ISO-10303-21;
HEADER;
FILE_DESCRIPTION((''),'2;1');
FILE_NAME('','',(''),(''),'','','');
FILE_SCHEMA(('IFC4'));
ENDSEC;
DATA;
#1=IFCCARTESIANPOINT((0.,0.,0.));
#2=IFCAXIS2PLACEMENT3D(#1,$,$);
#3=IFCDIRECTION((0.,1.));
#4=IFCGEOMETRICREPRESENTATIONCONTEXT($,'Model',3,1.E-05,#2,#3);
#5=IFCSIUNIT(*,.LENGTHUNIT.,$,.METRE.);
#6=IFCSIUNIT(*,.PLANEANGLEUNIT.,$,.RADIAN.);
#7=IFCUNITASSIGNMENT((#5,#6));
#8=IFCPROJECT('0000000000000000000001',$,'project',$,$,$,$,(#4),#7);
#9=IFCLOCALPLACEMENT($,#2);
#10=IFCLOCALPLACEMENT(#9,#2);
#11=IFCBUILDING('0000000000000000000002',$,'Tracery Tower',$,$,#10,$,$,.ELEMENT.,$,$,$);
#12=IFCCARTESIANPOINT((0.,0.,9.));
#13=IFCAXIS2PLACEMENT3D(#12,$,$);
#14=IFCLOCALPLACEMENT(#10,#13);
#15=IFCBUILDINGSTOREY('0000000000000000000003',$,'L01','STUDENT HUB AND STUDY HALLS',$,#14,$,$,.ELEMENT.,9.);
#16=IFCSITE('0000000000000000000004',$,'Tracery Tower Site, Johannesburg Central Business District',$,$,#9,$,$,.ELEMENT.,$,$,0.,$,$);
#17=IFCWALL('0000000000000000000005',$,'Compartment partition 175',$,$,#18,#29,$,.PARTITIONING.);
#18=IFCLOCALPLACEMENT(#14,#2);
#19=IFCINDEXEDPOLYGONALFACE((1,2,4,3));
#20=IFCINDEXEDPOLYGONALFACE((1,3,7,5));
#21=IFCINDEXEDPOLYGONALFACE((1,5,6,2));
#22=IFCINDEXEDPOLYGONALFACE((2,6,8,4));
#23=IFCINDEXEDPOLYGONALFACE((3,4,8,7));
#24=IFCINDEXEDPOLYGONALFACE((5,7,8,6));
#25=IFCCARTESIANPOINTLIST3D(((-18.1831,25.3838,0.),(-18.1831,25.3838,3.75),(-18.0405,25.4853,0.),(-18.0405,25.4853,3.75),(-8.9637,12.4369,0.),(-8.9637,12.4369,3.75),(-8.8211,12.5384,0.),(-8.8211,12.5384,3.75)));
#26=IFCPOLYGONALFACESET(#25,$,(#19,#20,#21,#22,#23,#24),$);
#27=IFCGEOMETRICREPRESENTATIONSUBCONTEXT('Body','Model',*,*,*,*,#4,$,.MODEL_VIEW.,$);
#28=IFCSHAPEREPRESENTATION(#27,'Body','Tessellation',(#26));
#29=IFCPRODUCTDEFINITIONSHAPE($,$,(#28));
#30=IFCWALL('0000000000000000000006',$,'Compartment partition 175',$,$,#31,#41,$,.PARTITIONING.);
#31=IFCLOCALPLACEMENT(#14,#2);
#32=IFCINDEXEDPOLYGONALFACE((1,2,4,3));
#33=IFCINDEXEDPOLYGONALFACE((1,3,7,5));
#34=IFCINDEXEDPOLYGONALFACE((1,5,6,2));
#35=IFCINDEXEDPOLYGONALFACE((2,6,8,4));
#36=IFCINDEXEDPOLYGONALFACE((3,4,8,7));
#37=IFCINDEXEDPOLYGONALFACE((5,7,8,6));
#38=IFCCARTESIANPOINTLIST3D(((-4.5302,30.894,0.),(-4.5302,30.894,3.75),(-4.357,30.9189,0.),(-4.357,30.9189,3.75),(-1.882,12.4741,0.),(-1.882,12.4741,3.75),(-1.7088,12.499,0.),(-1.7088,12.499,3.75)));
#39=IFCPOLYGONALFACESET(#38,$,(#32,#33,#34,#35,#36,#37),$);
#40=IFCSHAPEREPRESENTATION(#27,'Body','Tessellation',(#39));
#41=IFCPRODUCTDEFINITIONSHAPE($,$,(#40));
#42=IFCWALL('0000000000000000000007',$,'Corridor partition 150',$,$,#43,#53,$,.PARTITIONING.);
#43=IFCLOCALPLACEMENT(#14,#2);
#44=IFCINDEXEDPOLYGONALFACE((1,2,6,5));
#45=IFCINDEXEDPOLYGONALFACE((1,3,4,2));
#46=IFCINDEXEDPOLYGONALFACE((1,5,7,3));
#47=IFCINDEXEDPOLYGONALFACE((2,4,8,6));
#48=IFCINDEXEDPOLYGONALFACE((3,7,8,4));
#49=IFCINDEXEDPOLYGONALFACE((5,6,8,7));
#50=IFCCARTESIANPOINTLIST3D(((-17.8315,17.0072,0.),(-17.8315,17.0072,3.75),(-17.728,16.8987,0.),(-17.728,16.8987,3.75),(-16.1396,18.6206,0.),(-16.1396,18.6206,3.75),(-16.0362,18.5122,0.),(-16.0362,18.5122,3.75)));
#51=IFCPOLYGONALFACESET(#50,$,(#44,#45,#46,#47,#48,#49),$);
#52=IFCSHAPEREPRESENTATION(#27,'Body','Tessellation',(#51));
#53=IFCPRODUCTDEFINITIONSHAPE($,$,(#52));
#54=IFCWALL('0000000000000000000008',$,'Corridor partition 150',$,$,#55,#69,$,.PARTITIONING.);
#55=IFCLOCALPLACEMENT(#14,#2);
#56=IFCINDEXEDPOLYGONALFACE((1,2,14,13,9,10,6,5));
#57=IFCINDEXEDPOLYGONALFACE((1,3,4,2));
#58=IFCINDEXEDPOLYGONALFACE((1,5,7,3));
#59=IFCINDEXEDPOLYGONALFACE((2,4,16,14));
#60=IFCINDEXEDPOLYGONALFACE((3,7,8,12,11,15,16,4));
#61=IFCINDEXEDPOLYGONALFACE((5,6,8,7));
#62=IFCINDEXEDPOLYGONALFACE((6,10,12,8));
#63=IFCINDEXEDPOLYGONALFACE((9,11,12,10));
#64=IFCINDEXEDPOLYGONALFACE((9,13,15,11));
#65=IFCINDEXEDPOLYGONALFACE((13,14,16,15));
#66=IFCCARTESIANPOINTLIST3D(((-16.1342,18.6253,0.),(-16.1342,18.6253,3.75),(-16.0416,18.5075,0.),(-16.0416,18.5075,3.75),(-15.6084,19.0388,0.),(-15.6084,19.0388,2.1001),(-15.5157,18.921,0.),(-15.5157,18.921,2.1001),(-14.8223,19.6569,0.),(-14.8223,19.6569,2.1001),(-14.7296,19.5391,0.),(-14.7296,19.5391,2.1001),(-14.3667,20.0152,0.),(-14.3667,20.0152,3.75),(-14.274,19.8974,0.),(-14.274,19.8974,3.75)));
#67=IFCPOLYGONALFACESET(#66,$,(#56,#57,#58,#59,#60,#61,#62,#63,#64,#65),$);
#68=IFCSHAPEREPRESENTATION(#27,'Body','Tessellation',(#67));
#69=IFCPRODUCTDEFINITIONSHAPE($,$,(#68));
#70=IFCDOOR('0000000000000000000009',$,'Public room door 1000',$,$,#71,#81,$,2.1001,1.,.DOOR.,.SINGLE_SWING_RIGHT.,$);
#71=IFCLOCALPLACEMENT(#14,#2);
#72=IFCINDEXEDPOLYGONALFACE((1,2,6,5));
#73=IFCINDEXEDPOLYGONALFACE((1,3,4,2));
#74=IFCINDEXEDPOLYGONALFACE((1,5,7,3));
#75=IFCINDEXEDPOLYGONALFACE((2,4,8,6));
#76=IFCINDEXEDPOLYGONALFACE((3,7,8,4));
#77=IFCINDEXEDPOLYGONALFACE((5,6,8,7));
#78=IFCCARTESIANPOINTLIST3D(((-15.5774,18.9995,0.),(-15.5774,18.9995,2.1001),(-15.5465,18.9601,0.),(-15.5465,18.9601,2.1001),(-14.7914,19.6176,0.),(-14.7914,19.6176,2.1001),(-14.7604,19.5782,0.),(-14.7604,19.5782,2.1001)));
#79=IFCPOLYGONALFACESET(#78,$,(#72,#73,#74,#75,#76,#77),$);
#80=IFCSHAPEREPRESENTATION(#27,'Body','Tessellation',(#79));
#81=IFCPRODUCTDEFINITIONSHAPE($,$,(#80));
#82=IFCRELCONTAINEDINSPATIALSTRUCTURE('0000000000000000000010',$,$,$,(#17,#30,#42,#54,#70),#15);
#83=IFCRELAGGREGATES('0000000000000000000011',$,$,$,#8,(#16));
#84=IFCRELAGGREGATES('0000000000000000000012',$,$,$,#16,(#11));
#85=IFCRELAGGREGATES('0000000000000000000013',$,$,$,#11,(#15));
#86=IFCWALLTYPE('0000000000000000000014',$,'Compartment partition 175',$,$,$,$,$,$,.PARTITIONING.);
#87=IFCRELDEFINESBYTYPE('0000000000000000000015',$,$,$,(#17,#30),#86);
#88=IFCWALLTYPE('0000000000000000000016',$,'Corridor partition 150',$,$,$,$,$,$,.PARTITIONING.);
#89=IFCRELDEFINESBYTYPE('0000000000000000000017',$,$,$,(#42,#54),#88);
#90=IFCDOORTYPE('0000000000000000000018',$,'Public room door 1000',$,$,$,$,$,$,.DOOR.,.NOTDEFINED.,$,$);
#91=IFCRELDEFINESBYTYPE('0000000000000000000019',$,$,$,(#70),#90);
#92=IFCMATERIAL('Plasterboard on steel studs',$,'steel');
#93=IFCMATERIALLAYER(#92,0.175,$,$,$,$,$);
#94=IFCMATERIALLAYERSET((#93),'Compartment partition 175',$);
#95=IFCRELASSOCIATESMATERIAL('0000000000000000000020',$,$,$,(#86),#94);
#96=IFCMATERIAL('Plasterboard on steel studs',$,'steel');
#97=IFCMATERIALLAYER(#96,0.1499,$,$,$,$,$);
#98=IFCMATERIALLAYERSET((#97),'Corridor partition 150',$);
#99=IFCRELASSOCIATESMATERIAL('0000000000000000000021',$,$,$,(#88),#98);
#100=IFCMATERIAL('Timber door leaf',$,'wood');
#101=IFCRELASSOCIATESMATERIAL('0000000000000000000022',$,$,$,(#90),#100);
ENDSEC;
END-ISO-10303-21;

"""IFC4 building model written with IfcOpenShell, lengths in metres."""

from ifc_helpers import new_model, si_unit, direction, frame, frame_2d, origin, place, context, subcontext, project, spatial, rectangle, extrude, material, layer, layer_set, type_object, element, fill, save


model = new_model("IFC4")

# Units and contexts
model_context = context("Model", 3, precision=1e-05, world=origin(), true_north=direction((0.0, 1.0)))
body_context = subcontext(model_context, "Body", "Model", "MODEL_VIEW")
ifc_project = project(units=[si_unit("LENGTHUNIT", "METRE"), si_unit("PLANEANGLEUNIT", "RADIAN")], contexts=[model_context])

# Site, building, storey
site_placement = place(None, origin())
site = spatial("IfcSite", under=ifc_project, at=site_placement, Name="Tracery Tower Site, Johannesburg Central Business District", CompositionType="ELEMENT", RefElevation=0.0)
building_placement = place(site_placement, origin())
building = spatial("IfcBuilding", under=site, at=building_placement, Name="Tracery Tower", CompositionType="ELEMENT")
storey_placement = place(building_placement, frame((0.0, 0.0, 9.0)))
storey = spatial("IfcBuildingStorey", under=building, at=storey_placement, Name="L01", Description="STUDENT HUB AND STUDY HALLS", CompositionType="ELEMENT", Elevation=9.0)

# Walls
ifc_material_1 = material(Name="Plasterboard on steel studs", Category="steel")
ifc_layer_1 = layer(ifc_material_1, 0.175)
ifc_layer_set_1 = layer_set([ifc_layer_1], Name="Compartment partition 175")
wall_type_1 = type_object("IfcWallType", Name="Compartment partition 175", PredefinedType="PARTITIONING", material=ifc_layer_set_1)
wall_1_placement = place(storey_placement, frame((-18.1118, 25.4346, 0.0), z_axis=(0.0, 0.0, 1.0), x_axis=(0.580055, -0.814577, 0.0)))
element("IfcWall", 1, at=wall_1_placement, inside=storey, type_object=wall_type_1, Name="Compartment partition 175", PredefinedType="PARTITIONING", context=body_context, shape_type="SweptSolid", body=[
    extrude(rectangle(XDim=15.894, YDim=0.175, at=frame_2d((7.947, 0.0))), origin(), (0.0, 0.0, 1.0), 3.75),
])
wall_2_placement = place(storey_placement, frame((-4.4436, 30.9065, 0.0), z_axis=(0.0, 0.0, 1.0), x_axis=(0.142305, -0.989823, 0.0)))
element("IfcWall", 2, at=wall_2_placement, inside=storey, type_object=wall_type_1, Name="Compartment partition 175", PredefinedType="PARTITIONING", context=body_context, shape_type="SweptSolid", body=[
    extrude(rectangle(XDim=18.6094, YDim=0.175, at=frame_2d((9.3047, 0.0))), origin(), (0.0, 0.0, 1.0), 3.75),
])

# Wall
ifc_material_2 = material(Name="Plasterboard on steel studs", Category="steel")
ifc_layer_2 = layer(ifc_material_2, 0.1499)
ifc_layer_set_2 = layer_set([ifc_layer_2], Name="Corridor partition 150")
wall_type_2 = type_object("IfcWallType", Name="Corridor partition 150", PredefinedType="PARTITIONING", material=ifc_layer_set_2)
wall_3_placement = place(storey_placement, frame((-16.0879, 18.5664, 0.0), z_axis=(0.0, 0.0, 1.0), x_axis=(-0.723668, -0.690148, 0.0)))
element("IfcWall", 3, at=wall_3_placement, inside=storey, type_object=wall_type_2, Name="Corridor partition 150", PredefinedType="PARTITIONING", context=body_context, shape_type="SweptSolid", body=[
    extrude(rectangle(XDim=2.3379, YDim=0.1499, at=frame_2d((1.1689, 0.0))), origin(), (0.0, 0.0, 1.0), 3.75),
])

# Wall, opening, door
wall_4_placement = place(storey_placement, frame((-16.0879, 18.5664, 0.0), z_axis=(0.0, 0.0, 1.0), x_axis=(0.786085, 0.618119, 0.0)))
wall_4 = element("IfcWall", 4, at=wall_4_placement, inside=storey, type_object=wall_type_2, Name="Corridor partition 150", PredefinedType="PARTITIONING", context=body_context, shape_type="SweptSolid", body=[
    extrude(rectangle(XDim=2.2485, YDim=0.1499, at=frame_2d((1.1243, 0.0))), origin(), (0.0, 0.0, 1.0), 3.75),
])
opening_1_placement = place(wall_4_placement, frame((0.6689, 0.0, 0.0)))
opening_1 = element("IfcOpeningElement", 5, at=opening_1_placement, cuts=wall_4, PredefinedType="OPENING", context=body_context, shape_type="SweptSolid", body=[
    extrude(rectangle(XDim=1.0, YDim=2.1001, at=frame_2d((0.5, 1.05))), frame((0.0, 0.075, 0.0), z_axis=(0.0, -1.0, 0.0), x_axis=(1.0, 0.0, 0.0)), (0.0, 0.0, 1.0), 0.1499),
])
ifc_material_3 = material(Name="Timber door leaf", Category="wood")
door_type_1 = type_object("IfcDoorType", Name="Public room door 1000", OperationType="NOTDEFINED", PredefinedType="DOOR", material=ifc_material_3)
door_1_placement = place(opening_1_placement, origin())
door_1 = element("IfcDoor", 6, at=door_1_placement, inside=storey, type_object=door_type_1, Name="Public room door 1000", OperationType="SINGLE_SWING_RIGHT", OverallHeight=2.1001, OverallWidth=1.0, PredefinedType="DOOR", context=body_context, shape_type="SweptSolid", body=[
    extrude(rectangle(XDim=1.0, YDim=2.1001, at=frame_2d((0.5, 1.05))), frame((0.0, 0.0249, 0.0), z_axis=(0.0, -1.0, 0.0), x_axis=(1.0, 0.0, 0.0)), (0.0, 0.0, 1.0), 0.05),
])
fill(opening_1, door_1)

save(model, "model.ifc")
